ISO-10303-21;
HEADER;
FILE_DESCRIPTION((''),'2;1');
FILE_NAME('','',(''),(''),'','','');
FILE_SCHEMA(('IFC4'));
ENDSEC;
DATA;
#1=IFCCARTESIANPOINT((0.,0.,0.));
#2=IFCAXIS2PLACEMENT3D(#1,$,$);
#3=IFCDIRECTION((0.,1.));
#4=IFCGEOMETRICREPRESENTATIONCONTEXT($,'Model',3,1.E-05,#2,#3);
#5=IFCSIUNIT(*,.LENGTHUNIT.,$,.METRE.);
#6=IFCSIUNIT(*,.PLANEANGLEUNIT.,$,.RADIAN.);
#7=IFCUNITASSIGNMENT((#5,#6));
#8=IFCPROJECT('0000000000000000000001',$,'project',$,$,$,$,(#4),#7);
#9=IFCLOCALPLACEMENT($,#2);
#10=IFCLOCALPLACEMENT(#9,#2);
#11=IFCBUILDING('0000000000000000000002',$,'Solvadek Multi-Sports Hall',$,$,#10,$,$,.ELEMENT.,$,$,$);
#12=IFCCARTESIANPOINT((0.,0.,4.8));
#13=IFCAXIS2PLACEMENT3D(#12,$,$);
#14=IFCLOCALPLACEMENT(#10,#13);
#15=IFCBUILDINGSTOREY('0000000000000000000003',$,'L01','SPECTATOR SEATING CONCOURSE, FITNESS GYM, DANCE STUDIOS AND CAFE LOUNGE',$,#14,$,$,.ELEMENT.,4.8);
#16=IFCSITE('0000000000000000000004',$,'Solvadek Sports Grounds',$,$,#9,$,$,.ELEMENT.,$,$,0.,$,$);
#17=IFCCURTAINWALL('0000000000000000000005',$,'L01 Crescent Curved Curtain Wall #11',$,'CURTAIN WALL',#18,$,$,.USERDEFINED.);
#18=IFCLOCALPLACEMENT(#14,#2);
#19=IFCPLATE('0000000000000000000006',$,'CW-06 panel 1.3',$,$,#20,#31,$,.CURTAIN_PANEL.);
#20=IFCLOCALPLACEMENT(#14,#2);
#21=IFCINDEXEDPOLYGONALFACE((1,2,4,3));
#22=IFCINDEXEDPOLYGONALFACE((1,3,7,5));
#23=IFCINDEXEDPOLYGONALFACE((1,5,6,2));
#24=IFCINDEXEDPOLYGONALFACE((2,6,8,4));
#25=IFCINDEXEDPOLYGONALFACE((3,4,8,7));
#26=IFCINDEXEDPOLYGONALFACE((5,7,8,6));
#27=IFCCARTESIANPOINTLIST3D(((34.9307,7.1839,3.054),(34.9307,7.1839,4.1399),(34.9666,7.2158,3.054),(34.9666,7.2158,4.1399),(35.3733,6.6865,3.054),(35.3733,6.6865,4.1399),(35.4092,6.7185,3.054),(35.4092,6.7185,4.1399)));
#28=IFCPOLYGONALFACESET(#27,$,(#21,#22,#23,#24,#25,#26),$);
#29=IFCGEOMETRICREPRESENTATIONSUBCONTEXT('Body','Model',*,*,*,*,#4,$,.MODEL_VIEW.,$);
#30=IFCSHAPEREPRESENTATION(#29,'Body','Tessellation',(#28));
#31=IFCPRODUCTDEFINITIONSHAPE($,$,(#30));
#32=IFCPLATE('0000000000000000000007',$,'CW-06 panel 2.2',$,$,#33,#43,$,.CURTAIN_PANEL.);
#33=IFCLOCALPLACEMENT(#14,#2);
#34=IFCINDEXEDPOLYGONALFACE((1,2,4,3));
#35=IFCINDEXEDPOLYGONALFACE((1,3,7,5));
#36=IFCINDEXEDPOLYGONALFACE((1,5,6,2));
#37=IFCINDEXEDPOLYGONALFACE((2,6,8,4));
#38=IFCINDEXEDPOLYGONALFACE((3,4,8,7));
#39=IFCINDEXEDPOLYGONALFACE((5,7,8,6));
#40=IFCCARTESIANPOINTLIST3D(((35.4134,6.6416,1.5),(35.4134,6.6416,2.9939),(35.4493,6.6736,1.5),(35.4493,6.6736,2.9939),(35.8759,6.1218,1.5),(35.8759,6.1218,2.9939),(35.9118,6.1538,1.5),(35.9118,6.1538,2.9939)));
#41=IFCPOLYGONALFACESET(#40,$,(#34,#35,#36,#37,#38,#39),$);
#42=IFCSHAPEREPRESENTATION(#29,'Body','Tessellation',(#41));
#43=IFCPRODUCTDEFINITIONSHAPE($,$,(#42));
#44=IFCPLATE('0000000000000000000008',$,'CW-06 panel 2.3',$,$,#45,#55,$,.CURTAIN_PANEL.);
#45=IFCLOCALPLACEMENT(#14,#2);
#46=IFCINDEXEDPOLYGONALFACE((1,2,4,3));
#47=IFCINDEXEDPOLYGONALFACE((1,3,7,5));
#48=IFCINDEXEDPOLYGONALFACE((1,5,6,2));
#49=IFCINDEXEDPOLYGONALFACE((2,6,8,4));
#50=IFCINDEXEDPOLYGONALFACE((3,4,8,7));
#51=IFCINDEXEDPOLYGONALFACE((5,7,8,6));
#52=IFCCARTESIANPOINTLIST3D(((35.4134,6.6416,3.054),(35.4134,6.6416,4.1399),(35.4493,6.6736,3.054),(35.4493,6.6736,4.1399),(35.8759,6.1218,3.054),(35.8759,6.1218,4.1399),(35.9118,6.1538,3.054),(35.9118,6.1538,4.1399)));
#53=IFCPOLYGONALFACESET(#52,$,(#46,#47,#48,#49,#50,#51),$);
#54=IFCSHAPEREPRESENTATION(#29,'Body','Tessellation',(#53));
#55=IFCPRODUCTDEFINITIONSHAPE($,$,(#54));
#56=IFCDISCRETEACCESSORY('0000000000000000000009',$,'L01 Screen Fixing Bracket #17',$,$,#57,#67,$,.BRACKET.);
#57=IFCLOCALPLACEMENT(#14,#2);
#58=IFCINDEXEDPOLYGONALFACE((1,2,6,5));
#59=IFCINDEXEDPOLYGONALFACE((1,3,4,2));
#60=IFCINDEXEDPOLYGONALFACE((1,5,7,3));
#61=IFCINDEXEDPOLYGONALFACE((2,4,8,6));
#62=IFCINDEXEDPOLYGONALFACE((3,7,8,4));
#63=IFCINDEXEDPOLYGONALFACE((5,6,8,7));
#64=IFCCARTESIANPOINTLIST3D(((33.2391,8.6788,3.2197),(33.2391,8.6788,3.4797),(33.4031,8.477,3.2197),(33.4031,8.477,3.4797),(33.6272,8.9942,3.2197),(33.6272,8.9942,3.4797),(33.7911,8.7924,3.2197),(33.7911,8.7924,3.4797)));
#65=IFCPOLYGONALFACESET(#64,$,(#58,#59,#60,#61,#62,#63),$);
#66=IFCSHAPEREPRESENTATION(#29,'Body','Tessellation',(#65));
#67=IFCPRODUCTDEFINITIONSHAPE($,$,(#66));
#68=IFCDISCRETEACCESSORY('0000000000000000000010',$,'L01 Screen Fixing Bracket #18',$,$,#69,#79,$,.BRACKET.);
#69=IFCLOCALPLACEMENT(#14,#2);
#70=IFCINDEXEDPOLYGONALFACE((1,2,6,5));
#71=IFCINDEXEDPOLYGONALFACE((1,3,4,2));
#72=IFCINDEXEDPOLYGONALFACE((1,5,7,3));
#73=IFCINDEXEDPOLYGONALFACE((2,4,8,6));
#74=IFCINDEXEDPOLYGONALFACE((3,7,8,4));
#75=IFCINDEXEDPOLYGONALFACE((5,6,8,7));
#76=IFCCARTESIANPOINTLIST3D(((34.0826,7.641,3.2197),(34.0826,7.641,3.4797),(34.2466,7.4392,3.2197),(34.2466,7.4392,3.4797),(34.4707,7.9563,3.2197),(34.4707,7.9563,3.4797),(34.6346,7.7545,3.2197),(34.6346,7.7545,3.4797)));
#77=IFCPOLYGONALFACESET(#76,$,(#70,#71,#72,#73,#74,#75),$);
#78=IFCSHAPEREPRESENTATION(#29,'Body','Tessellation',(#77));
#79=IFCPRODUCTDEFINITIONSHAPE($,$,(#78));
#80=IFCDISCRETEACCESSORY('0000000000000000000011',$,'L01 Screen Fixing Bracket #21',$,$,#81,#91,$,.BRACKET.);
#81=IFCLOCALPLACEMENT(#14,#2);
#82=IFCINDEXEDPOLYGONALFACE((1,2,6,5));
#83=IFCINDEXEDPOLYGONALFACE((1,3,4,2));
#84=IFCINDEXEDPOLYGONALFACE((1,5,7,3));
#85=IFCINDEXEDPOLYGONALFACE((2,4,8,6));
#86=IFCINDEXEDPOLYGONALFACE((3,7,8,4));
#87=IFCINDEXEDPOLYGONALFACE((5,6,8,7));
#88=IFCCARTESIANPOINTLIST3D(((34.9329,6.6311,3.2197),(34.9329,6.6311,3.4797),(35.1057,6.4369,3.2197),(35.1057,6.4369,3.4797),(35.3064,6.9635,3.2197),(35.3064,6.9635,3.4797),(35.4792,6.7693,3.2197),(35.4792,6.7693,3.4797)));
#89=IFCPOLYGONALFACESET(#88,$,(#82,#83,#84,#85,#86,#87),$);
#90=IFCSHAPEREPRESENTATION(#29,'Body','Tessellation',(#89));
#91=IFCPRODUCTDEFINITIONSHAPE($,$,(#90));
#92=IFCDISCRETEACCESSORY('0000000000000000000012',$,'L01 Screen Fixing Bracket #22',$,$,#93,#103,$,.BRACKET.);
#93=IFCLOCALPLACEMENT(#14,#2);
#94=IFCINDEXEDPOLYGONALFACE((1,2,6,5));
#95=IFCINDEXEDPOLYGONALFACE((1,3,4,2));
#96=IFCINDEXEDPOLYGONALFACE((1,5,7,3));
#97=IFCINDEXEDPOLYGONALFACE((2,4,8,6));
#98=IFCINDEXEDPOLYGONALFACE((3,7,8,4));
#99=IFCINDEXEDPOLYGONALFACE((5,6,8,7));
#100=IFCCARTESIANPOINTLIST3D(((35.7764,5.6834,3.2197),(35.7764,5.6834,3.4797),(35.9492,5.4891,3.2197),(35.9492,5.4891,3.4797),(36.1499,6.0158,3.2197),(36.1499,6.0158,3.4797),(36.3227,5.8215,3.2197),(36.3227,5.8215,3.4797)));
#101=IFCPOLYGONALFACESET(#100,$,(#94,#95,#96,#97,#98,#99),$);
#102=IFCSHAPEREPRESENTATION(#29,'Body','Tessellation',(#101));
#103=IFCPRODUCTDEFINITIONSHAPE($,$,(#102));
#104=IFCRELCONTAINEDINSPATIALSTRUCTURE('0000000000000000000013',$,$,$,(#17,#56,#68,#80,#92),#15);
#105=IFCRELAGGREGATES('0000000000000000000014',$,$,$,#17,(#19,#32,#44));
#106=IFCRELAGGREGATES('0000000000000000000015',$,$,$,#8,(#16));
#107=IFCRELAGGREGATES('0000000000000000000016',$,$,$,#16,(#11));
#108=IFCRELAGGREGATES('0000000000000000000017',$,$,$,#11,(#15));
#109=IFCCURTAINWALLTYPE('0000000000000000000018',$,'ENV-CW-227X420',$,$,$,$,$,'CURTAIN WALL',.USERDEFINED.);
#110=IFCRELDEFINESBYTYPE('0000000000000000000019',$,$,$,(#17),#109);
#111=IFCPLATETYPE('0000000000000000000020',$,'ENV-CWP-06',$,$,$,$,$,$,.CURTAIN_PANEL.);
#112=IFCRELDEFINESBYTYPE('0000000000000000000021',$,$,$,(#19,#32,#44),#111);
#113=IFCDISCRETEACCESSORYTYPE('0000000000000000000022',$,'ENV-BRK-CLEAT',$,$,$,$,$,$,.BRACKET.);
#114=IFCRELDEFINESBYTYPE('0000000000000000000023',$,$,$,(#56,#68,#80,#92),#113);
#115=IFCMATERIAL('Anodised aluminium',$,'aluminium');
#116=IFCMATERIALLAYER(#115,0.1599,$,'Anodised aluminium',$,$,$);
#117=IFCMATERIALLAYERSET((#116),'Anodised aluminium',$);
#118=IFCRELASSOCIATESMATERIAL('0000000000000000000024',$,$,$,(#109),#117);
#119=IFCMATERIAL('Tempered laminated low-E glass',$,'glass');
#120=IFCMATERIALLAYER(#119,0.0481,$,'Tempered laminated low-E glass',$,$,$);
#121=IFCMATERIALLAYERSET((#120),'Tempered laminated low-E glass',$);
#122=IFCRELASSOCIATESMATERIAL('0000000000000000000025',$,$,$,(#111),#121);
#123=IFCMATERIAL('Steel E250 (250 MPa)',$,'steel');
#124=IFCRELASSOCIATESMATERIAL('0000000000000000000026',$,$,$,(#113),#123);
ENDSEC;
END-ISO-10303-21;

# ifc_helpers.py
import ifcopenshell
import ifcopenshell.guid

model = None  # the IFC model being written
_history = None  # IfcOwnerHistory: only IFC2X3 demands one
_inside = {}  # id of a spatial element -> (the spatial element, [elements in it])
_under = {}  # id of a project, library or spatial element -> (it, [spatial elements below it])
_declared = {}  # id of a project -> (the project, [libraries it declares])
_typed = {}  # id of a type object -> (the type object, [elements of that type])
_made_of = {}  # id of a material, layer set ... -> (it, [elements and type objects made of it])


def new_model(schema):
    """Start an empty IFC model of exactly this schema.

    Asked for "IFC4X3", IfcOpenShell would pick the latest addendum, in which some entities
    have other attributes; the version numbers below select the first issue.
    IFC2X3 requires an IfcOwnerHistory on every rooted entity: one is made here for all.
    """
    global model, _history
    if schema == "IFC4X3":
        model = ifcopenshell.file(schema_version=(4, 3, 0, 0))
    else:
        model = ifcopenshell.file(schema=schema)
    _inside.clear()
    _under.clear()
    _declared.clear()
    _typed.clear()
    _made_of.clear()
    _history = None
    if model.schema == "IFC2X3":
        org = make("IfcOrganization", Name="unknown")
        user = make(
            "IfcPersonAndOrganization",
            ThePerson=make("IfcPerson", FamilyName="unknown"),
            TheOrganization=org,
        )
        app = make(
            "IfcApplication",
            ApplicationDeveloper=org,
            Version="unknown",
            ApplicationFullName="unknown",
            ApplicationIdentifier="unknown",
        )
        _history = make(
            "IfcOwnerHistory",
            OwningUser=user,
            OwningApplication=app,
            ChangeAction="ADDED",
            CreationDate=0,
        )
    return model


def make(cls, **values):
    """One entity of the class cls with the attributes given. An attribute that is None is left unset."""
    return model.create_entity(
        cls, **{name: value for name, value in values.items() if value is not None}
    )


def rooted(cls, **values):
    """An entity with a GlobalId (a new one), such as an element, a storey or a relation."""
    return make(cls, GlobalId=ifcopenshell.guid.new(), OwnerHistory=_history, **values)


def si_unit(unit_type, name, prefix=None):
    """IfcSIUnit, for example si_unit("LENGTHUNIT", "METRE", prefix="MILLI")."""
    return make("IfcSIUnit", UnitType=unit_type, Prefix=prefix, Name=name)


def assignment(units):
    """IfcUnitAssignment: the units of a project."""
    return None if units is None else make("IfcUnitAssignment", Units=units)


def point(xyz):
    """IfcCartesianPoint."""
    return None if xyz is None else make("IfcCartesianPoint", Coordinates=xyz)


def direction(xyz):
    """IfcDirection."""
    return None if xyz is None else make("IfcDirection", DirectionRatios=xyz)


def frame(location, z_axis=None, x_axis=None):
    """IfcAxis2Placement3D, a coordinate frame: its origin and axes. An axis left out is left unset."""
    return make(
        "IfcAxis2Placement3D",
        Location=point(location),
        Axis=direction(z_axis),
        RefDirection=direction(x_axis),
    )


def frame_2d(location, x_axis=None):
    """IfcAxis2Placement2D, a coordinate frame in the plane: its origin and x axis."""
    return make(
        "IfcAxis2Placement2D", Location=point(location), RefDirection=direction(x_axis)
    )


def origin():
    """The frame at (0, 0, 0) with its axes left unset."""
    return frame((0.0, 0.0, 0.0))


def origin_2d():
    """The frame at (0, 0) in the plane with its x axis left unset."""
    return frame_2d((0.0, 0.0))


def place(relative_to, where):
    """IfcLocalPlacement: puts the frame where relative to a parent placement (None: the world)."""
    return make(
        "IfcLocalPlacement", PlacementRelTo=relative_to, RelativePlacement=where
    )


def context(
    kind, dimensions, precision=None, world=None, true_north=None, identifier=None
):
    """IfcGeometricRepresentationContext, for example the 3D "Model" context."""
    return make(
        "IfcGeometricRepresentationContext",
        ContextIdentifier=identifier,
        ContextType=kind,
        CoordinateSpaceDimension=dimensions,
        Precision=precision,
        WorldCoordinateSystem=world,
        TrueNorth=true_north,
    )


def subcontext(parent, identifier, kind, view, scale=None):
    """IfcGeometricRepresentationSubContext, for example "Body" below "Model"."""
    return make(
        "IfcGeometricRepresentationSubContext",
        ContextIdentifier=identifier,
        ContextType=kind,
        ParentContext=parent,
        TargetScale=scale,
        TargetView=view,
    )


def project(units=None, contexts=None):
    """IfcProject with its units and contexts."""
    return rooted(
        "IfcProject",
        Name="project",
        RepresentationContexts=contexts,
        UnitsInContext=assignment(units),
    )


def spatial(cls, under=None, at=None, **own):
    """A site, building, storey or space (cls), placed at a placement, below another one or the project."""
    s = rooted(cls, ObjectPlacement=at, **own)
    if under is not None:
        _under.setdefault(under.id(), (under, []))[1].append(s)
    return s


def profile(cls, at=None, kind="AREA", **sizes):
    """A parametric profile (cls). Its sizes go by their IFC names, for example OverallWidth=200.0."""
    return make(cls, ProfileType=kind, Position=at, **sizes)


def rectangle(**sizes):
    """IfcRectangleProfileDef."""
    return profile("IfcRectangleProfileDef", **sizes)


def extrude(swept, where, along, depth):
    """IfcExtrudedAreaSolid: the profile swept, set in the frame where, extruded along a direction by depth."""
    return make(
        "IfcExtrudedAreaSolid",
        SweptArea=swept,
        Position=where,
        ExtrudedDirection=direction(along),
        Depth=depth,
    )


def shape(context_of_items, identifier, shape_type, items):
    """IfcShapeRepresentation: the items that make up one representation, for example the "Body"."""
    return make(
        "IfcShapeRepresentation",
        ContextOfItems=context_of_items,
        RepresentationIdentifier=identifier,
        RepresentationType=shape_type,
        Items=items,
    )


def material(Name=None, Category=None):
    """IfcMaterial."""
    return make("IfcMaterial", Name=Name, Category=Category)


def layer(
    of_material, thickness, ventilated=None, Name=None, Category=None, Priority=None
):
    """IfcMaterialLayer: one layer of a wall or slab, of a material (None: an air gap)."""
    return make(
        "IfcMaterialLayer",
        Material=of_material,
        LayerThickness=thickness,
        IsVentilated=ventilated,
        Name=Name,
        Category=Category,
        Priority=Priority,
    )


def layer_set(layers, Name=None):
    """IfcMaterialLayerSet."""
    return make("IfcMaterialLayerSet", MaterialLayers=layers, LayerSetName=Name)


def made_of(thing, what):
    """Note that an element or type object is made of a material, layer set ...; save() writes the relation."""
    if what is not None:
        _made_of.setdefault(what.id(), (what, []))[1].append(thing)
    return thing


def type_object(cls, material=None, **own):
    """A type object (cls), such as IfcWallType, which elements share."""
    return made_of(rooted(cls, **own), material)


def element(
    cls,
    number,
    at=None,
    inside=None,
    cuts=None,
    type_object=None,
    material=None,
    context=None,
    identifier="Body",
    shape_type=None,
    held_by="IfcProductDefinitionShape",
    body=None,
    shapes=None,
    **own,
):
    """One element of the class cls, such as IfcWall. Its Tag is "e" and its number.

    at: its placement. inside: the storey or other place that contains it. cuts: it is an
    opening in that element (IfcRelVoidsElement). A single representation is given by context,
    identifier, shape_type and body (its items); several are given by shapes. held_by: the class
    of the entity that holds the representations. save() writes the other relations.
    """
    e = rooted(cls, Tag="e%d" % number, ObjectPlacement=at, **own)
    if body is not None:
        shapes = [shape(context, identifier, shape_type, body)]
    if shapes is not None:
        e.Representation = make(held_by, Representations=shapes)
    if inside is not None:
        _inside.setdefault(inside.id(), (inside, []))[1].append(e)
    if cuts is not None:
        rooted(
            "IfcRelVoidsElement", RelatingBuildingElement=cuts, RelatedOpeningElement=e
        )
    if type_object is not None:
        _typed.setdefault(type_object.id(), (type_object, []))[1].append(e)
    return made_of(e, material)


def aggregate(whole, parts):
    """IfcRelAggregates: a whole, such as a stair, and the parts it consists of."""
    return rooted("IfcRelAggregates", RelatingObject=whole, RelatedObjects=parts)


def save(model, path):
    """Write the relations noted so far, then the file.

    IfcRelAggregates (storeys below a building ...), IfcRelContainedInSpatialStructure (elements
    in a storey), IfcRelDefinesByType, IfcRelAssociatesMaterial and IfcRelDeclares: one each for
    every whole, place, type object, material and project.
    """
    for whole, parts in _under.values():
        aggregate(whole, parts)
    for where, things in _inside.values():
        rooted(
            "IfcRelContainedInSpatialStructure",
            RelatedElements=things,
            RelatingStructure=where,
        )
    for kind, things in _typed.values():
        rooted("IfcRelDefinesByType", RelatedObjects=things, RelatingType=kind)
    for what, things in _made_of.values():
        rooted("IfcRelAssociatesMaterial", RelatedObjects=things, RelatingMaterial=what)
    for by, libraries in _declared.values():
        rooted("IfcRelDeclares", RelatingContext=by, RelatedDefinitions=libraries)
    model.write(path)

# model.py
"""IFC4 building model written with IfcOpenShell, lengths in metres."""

from ifc_helpers import new_model, si_unit, direction, frame, origin, origin_2d, place, context, subcontext, project, spatial, rectangle, extrude, material, layer, layer_set, type_object, element, aggregate, save


model = new_model("IFC4")

# Units and contexts
model_context = context("Model", 3, precision=1e-05, world=origin(), true_north=direction((0.0, 1.0)))
body_context = subcontext(model_context, "Body", "Model", "MODEL_VIEW")
ifc_project = project(units=[si_unit("LENGTHUNIT", "METRE"), si_unit("PLANEANGLEUNIT", "RADIAN")], contexts=[model_context])

# Site, building, storey
site_placement = place(None, origin())
site = spatial("IfcSite", under=ifc_project, at=site_placement, Name="Solvadek Sports Grounds", CompositionType="ELEMENT", RefElevation=0.0)
building_placement = place(site_placement, origin())
building = spatial("IfcBuilding", under=site, at=building_placement, Name="Solvadek Multi-Sports Hall", CompositionType="ELEMENT")
storey_placement = place(building_placement, frame((0.0, 0.0, 4.8)))
storey = spatial("IfcBuildingStorey", under=building, at=storey_placement, Name="L01", Description="SPECTATOR SEATING CONCOURSE, FITNESS GYM, DANCE STUDIOS AND CAFE LOUNGE", CompositionType="ELEMENT", Elevation=4.8)

# Curtain wall
ifc_material_1 = material(Name="Anodised aluminium", Category="aluminium")
ifc_layer_1 = layer(ifc_material_1, 0.1599, Name="Anodised aluminium")
ifc_layer_set_1 = layer_set([ifc_layer_1], Name="Anodised aluminium")
curtain_wall_type_1 = type_object("IfcCurtainWallType", Name="ENV-CW-227X420", ElementType="CURTAIN WALL", PredefinedType="USERDEFINED", material=ifc_layer_set_1)
curtain_wall_1_placement = place(storey_placement, origin())
curtain_wall_1 = element("IfcCurtainWall", 1, at=curtain_wall_1_placement, inside=storey, type_object=curtain_wall_type_1, Name="L01 Crescent Curved Curtain Wall #11", ObjectType="CURTAIN WALL", PredefinedType="USERDEFINED")

# Plates
ifc_material_2 = material(Name="Tempered laminated low-E glass", Category="glass")
ifc_layer_2 = layer(ifc_material_2, 0.0481, Name="Tempered laminated low-E glass")
ifc_layer_set_2 = layer_set([ifc_layer_2], Name="Tempered laminated low-E glass")
plate_type_1 = type_object("IfcPlateType", Name="ENV-CWP-06", PredefinedType="CURTAIN_PANEL", material=ifc_layer_set_2)
plate_1_placement = place(storey_placement, frame((35.1699, 6.9512, 3.054), z_axis=(0.0, 0.0, 1.0), x_axis=(0.664788, -0.747032, 0.0)))
plate_1 = element("IfcPlate", 2, at=plate_1_placement, type_object=plate_type_1, Name="CW-06 panel 1.3", PredefinedType="CURTAIN_PANEL", context=body_context, shape_type="SweptSolid", body=[
    extrude(rectangle(XDim=0.6658, YDim=0.0481, at=origin_2d()), origin(), (0.0, 0.0, 1.0), 1.0859),
])
plate_2_placement = place(storey_placement, frame((35.6626, 6.3977, 1.5), z_axis=(0.0, 0.0, 1.0), x_axis=(0.664788, -0.747032, 0.0)))
plate_2 = element("IfcPlate", 3, at=plate_2_placement, type_object=plate_type_1, Name="CW-06 panel 2.2", PredefinedType="CURTAIN_PANEL", context=body_context, shape_type="SweptSolid", body=[
    extrude(rectangle(XDim=0.6958, YDim=0.0481, at=origin_2d()), origin(), (0.0, 0.0, 1.0), 1.4939),
])
plate_3_placement = place(storey_placement, frame((35.6626, 6.3977, 3.054), z_axis=(0.0, 0.0, 1.0), x_axis=(0.664788, -0.747032, 0.0)))
plate_3 = element("IfcPlate", 4, at=plate_3_placement, type_object=plate_type_1, Name="CW-06 panel 2.3", PredefinedType="CURTAIN_PANEL", context=body_context, shape_type="SweptSolid", body=[
    extrude(rectangle(XDim=0.6958, YDim=0.0481, at=origin_2d()), origin(), (0.0, 0.0, 1.0), 1.0859),
])
aggregate(curtain_wall_1, [plate_1, plate_2, plate_3])

# Discrete accessories
ifc_material_3 = material(Name="Steel E250 (250 MPa)", Category="steel")
discrete_accessory_type = type_object("IfcDiscreteAccessoryType", Name="ENV-BRK-CLEAT", PredefinedType="BRACKET", material=ifc_material_3)
for number, where, z_axis, x_axis, name in (
    (5, (33.5151, 8.7356, 3.2197), (0.0, 0.0, 1.0), (0.630677, -0.776045, 0.0), "L01 Screen Fixing Bracket #17"),
    (6, (34.3586, 7.6978, 3.2197), (0.0, 0.0, 1.0), (0.630677, -0.776045, 0.0), "L01 Screen Fixing Bracket #18"),
    (7, (35.2061, 6.7002, 3.2197), (0.0, 0.0, 1.0), (0.664767, -0.74705, 0.0), "L01 Screen Fixing Bracket #21"),
    (8, (36.0496, 5.7524, 3.2197), (0.0, 0.0, 1.0), (0.664767, -0.74705, 0.0), "L01 Screen Fixing Bracket #22"),
):
    element("IfcDiscreteAccessory", number, at=place(storey_placement, frame(where, z_axis=z_axis, x_axis=x_axis)), inside=storey, type_object=discrete_accessory_type, Name=name, PredefinedType="BRACKET", context=body_context, shape_type="SweptSolid", body=[
        extrude(rectangle(XDim=0.26, YDim=0.5, at=origin_2d()), origin(), (0.0, 0.0, 1.0), 0.26),
    ])

save(model, "model.ifc")
